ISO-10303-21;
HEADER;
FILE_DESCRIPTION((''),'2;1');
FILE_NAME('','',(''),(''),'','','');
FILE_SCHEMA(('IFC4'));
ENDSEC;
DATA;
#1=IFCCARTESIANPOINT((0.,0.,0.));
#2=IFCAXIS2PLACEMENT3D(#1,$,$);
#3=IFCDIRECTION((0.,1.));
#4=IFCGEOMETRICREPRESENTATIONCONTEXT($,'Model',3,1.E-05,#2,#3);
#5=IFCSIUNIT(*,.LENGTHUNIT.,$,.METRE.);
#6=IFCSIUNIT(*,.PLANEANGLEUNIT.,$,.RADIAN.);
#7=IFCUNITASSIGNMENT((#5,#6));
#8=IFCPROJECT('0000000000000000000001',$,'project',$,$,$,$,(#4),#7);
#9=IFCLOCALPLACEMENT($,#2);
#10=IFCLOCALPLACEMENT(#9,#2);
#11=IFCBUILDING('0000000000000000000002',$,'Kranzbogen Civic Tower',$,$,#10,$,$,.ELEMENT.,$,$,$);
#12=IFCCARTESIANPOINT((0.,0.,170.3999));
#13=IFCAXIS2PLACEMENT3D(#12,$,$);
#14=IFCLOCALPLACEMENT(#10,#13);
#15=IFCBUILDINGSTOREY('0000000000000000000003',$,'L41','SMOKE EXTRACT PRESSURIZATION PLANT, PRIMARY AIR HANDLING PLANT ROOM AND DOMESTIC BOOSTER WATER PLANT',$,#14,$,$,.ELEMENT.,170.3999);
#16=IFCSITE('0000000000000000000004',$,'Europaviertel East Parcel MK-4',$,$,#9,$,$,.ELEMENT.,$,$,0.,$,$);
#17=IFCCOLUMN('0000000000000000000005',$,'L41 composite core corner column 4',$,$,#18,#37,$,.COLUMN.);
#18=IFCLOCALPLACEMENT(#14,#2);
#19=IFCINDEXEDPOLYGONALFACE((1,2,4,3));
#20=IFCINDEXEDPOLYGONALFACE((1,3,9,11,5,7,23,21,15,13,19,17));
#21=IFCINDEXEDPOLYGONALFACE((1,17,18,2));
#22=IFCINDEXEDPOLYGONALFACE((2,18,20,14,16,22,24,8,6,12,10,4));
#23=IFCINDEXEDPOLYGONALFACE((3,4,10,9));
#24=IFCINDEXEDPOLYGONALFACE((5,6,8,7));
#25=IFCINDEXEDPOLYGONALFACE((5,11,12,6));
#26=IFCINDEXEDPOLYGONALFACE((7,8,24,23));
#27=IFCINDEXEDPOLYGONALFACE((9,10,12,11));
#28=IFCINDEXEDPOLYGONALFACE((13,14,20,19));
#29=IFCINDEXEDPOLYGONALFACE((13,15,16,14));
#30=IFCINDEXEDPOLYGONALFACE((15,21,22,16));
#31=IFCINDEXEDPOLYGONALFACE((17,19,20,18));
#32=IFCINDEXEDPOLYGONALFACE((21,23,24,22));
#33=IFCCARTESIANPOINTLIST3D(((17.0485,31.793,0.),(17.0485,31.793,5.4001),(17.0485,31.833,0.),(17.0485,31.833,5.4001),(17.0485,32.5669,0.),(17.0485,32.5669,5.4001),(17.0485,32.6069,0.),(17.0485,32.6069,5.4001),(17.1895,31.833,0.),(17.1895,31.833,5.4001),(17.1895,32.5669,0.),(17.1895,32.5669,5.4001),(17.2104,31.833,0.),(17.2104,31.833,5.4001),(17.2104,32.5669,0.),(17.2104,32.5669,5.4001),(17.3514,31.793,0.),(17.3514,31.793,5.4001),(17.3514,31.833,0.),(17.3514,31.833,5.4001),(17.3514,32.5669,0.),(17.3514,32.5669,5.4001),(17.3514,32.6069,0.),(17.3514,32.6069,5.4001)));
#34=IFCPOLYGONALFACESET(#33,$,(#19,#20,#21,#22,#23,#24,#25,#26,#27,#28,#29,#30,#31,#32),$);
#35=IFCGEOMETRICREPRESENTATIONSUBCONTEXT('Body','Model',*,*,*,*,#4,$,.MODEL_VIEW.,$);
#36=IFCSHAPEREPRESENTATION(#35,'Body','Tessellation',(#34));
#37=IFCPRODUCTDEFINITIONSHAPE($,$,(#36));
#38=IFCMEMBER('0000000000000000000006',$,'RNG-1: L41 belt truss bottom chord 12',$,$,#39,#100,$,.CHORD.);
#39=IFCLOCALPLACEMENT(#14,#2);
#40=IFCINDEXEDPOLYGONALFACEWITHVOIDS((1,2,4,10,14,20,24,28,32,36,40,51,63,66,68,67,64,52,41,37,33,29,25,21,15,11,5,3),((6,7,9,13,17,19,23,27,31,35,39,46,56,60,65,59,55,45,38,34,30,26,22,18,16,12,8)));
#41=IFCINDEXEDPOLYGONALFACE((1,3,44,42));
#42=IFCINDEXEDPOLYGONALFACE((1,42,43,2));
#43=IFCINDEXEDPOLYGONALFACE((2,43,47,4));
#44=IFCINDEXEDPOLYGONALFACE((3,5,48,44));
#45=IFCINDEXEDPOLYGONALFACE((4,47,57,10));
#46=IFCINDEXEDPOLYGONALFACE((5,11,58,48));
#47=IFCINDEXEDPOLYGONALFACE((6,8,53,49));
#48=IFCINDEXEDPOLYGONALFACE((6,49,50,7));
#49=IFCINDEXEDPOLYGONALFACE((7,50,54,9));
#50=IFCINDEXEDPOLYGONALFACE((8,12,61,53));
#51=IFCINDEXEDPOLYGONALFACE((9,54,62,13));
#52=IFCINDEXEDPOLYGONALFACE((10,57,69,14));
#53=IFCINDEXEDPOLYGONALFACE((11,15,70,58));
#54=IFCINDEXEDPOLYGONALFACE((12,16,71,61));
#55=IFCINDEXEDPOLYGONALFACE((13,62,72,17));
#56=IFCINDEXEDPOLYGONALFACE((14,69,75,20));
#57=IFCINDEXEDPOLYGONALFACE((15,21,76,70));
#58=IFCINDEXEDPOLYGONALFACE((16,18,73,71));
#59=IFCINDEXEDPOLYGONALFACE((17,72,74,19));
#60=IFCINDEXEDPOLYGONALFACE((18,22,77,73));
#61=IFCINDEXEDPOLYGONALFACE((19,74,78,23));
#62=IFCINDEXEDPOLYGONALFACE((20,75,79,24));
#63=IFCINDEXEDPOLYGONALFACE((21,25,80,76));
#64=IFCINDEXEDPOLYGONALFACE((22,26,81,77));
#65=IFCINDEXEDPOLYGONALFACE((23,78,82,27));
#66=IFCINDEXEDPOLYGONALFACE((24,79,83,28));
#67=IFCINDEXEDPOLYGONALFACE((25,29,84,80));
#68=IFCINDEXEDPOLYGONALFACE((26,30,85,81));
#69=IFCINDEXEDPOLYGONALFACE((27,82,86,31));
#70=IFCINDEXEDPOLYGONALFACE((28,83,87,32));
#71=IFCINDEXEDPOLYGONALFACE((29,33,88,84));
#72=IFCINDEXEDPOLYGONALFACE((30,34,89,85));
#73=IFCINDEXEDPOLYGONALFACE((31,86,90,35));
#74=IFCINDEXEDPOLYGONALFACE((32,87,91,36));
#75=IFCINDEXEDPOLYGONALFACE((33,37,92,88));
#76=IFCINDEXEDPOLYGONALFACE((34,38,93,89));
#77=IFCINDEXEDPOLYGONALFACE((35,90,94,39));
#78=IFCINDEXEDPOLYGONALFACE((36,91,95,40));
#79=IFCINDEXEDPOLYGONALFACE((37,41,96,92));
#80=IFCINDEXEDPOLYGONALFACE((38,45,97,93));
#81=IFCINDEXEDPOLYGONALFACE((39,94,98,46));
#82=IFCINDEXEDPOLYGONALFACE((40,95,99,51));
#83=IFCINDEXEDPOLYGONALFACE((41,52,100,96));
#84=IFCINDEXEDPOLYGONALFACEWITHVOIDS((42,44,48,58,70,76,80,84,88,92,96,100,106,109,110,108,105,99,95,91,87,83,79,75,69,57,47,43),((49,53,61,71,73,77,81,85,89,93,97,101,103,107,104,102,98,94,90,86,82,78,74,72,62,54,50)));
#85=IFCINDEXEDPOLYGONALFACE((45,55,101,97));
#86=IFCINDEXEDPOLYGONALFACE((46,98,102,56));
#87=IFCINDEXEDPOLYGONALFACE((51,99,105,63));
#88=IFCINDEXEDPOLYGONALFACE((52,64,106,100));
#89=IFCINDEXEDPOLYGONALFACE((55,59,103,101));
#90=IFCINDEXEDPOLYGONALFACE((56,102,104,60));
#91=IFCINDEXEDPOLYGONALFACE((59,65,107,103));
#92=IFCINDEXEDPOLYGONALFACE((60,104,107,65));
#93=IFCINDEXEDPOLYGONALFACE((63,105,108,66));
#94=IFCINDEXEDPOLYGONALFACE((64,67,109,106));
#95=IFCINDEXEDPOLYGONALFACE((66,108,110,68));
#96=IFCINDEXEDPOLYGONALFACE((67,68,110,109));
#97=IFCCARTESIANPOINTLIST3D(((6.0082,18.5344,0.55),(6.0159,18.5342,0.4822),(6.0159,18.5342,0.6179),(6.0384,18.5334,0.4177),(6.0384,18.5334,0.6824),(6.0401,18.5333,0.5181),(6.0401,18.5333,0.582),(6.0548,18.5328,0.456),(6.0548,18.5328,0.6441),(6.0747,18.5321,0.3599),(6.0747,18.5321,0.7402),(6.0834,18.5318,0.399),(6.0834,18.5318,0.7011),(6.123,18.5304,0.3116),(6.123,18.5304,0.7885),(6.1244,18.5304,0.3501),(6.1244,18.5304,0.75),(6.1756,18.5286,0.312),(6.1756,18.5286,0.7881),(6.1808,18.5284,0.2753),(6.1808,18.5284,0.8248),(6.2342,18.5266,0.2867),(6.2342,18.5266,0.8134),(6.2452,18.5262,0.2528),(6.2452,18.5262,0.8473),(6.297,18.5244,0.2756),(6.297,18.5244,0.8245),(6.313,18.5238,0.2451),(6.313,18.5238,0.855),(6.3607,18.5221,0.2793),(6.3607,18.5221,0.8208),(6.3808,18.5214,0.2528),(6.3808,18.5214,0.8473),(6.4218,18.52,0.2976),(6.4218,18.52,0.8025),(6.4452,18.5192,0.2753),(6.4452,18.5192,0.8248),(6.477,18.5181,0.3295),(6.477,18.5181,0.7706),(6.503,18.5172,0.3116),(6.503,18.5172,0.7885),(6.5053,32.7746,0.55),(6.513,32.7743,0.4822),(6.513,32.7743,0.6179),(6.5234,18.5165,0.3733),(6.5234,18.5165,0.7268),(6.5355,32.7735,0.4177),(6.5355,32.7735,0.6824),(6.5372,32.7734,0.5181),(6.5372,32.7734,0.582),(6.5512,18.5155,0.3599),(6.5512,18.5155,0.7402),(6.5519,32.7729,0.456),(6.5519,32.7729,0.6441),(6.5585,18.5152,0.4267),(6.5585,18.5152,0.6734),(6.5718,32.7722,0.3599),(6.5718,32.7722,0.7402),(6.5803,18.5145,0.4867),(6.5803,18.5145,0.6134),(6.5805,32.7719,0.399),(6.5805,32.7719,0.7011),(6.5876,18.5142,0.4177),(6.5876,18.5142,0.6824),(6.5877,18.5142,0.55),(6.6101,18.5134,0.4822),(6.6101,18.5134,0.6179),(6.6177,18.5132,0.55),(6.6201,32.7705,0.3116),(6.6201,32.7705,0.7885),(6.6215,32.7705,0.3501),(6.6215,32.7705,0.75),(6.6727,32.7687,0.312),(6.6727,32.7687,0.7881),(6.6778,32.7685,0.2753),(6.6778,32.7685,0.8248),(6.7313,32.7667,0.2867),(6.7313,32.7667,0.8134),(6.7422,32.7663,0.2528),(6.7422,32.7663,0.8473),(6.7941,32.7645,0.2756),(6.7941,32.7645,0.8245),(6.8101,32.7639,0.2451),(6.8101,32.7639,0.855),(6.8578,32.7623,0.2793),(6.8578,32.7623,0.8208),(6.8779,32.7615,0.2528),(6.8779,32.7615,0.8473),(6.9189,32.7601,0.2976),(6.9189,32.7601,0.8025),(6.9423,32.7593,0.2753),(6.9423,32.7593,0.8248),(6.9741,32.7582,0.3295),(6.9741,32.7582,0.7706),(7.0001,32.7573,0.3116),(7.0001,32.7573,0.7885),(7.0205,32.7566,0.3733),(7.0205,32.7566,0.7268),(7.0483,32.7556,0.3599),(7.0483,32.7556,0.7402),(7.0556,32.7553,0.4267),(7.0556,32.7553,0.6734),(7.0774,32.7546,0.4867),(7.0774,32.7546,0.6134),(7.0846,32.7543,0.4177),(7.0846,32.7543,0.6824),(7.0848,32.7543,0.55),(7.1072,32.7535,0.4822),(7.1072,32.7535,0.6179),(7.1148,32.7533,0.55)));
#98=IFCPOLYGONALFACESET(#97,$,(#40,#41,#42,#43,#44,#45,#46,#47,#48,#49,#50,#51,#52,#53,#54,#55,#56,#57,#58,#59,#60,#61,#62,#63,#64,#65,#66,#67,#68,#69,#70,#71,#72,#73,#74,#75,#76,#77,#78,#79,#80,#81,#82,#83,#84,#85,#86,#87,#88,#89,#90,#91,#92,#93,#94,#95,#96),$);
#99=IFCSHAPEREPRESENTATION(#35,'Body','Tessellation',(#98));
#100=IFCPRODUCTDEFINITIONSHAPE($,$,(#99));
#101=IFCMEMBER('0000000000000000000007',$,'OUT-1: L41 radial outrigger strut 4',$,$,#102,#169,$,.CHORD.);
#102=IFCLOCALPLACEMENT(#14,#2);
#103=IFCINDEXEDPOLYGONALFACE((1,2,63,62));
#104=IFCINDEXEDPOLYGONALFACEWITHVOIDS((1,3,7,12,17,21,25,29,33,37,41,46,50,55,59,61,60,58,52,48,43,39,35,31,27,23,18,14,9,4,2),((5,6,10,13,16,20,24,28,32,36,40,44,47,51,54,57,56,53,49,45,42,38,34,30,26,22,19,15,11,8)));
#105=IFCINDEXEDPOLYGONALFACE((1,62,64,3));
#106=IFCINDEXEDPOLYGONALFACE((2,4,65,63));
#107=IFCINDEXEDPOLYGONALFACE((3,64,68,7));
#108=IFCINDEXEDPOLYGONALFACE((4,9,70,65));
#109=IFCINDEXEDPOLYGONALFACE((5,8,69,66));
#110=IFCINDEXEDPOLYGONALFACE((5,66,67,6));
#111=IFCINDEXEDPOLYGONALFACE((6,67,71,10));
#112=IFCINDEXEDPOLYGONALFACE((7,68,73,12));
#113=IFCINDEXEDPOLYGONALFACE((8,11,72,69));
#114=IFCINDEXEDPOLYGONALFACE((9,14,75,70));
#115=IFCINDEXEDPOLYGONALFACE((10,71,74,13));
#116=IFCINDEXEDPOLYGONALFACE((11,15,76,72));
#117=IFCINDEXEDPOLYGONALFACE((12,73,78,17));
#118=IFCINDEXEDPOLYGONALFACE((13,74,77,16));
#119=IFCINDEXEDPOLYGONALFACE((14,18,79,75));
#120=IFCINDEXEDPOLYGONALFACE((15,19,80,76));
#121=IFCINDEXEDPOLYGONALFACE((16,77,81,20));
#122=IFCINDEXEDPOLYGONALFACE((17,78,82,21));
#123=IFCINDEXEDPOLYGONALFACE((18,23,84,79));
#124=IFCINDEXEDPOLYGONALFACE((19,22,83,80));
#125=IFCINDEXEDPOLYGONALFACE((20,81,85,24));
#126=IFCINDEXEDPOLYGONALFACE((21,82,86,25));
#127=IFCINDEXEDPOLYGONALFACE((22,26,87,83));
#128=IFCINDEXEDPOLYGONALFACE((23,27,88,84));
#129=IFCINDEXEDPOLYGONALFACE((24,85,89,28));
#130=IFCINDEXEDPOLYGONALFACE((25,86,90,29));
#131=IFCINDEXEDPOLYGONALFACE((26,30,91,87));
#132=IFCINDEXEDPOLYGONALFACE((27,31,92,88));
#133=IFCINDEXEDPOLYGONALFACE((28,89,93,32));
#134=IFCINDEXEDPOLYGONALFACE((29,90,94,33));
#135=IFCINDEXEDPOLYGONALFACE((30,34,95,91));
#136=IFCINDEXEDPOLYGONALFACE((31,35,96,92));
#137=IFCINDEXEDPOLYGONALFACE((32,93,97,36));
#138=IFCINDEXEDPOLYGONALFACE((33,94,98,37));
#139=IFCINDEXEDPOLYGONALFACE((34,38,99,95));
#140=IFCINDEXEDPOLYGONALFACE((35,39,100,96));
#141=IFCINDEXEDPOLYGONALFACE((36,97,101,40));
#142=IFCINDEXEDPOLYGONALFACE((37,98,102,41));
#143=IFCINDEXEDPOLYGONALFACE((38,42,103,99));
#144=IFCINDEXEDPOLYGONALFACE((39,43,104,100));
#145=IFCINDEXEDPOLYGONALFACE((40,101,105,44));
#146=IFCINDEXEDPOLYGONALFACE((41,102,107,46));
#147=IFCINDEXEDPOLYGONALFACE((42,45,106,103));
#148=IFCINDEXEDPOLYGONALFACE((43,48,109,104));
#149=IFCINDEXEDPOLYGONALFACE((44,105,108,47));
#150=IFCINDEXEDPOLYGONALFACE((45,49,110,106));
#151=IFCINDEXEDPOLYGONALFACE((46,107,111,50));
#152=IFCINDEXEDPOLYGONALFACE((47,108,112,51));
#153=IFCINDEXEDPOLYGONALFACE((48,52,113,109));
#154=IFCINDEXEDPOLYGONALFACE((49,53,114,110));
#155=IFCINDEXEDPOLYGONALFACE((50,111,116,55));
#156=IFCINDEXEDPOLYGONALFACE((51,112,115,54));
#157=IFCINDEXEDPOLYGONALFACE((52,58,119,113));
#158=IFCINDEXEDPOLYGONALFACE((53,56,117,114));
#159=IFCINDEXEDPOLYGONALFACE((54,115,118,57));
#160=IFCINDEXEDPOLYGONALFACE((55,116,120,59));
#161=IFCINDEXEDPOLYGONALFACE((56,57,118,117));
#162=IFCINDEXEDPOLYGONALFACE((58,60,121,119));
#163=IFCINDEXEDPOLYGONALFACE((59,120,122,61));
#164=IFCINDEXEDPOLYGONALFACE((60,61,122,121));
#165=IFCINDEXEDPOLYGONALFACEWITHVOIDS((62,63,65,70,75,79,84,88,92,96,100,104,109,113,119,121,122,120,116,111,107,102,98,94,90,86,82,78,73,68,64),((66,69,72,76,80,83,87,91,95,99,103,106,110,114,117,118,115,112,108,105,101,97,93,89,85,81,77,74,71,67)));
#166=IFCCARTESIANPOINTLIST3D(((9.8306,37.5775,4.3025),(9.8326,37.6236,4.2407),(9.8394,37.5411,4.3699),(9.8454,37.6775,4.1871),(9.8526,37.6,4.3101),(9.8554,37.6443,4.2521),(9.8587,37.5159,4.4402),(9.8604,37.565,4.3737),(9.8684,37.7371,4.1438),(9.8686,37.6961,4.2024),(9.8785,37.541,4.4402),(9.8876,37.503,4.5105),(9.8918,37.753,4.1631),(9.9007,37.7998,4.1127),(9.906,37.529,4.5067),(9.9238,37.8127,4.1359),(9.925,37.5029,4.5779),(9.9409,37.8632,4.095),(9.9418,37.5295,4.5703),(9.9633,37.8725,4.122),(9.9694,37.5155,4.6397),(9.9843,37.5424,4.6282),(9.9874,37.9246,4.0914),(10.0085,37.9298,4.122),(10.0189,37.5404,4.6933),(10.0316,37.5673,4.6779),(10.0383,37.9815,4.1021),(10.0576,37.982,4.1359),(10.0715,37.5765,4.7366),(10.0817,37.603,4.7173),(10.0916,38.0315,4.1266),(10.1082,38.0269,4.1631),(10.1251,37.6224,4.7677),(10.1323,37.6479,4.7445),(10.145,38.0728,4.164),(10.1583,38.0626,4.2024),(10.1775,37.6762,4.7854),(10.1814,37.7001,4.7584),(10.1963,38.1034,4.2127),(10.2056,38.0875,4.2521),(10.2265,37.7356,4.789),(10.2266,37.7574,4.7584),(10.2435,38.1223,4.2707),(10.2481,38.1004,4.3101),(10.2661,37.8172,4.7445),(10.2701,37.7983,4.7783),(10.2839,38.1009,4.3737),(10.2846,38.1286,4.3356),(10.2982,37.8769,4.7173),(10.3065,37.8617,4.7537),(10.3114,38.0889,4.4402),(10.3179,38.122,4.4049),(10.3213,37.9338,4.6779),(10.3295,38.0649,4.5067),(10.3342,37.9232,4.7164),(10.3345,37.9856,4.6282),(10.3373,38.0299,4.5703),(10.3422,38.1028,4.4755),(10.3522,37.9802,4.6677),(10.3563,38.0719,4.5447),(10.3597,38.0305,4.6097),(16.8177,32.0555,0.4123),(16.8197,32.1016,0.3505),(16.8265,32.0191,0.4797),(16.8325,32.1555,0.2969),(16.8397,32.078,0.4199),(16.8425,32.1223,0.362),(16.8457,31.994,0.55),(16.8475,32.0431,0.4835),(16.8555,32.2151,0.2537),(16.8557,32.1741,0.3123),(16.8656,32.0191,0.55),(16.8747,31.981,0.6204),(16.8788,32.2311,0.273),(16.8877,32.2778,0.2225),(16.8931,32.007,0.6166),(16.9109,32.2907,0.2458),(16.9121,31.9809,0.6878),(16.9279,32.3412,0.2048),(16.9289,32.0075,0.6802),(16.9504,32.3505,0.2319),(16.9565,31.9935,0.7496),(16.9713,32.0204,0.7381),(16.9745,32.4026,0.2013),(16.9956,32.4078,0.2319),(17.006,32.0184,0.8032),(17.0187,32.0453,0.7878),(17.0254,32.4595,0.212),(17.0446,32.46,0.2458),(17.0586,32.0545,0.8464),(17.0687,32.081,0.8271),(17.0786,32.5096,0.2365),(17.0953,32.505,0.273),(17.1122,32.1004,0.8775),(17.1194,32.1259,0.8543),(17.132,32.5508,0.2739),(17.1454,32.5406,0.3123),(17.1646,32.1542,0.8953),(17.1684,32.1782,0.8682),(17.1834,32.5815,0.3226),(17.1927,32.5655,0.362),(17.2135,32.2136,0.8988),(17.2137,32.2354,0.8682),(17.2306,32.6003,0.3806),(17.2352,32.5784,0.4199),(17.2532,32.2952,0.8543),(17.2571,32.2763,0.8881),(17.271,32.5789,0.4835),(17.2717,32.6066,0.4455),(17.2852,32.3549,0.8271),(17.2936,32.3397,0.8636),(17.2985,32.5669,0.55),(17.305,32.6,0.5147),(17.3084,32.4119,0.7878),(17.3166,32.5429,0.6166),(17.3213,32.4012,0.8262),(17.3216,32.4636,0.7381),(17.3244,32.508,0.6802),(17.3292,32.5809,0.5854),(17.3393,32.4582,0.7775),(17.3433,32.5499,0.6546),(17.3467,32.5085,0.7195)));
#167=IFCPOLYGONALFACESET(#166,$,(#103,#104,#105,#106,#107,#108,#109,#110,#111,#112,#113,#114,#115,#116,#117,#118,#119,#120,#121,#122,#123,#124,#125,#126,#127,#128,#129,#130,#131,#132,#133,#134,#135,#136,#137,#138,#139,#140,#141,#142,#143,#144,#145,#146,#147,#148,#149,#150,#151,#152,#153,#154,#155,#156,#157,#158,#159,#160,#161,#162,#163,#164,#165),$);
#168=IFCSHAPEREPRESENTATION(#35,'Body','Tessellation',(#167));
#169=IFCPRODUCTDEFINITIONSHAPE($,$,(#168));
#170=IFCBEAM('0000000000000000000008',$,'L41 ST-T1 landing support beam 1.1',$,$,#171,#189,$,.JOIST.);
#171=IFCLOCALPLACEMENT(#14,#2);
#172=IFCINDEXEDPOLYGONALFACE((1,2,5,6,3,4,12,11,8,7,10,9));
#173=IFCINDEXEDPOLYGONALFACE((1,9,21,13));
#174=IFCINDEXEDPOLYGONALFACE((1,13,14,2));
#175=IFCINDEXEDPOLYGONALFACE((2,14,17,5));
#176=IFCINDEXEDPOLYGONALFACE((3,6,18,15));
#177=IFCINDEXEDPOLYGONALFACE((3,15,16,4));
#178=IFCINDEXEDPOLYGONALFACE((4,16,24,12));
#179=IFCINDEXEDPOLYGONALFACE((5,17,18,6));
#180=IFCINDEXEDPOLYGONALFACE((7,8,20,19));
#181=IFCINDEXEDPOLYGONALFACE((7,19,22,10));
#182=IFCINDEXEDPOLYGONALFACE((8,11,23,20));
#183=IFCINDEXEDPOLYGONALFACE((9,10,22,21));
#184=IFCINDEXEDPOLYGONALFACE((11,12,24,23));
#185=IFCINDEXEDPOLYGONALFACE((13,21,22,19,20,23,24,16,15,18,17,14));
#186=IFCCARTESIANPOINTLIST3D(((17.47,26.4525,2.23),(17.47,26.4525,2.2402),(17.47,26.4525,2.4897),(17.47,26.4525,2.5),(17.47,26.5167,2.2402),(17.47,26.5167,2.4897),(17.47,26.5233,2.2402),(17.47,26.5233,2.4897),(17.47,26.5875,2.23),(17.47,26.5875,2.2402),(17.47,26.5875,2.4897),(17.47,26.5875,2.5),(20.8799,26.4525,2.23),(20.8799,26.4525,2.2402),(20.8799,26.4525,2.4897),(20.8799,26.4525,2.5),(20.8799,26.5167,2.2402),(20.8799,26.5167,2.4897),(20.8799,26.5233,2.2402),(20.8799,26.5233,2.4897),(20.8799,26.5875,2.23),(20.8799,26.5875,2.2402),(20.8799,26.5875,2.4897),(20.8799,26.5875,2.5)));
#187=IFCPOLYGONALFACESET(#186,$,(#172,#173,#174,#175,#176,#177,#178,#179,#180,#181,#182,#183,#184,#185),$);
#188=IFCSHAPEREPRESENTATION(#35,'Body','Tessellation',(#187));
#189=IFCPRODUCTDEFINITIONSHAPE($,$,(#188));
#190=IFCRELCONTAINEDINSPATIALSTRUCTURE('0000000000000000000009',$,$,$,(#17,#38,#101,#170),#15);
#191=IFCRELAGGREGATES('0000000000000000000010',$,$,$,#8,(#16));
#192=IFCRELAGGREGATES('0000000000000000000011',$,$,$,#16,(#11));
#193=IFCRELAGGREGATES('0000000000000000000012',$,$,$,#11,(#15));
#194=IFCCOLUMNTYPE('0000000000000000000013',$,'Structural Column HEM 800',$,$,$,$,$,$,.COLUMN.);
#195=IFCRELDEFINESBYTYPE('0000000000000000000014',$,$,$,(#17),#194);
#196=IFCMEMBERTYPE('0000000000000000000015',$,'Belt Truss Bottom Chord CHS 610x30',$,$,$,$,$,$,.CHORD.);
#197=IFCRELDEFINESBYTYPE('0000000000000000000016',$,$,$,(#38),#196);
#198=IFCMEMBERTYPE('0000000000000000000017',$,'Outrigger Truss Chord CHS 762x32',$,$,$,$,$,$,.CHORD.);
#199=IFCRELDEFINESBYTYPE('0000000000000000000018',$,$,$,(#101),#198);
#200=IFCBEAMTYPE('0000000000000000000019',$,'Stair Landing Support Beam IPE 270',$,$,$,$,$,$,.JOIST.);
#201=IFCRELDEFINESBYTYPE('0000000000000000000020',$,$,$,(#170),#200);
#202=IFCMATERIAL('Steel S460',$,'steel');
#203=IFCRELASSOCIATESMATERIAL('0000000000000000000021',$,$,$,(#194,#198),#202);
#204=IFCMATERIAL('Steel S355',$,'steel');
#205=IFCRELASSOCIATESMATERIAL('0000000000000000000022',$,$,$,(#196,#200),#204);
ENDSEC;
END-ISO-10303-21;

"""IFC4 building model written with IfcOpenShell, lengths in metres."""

from ifc_helpers import new_model, si_unit, direction, frame, origin, origin_2d, place, context, subcontext, project, spatial, hollow_circle, i_section, extrude, material, material_profile, profile_set, type_object, element, save


model = new_model("IFC4")

# Units and contexts
model_context = context("Model", 3, precision=1e-05, world=origin(), true_north=direction((0.0, 1.0)))
body_context = subcontext(model_context, "Body", "Model", "MODEL_VIEW")
ifc_project = project(units=[si_unit("LENGTHUNIT", "METRE"), si_unit("PLANEANGLEUNIT", "RADIAN")], contexts=[model_context])

# Site, building, storey
site_placement = place(None, origin())
site = spatial("IfcSite", under=ifc_project, at=site_placement, Name="Europaviertel East Parcel MK-4", CompositionType="ELEMENT", RefElevation=0.0)
building_placement = place(site_placement, origin())
building = spatial("IfcBuilding", under=site, at=building_placement, Name="Kranzbogen Civic Tower", CompositionType="ELEMENT")
storey_placement = place(building_placement, frame((0.0, 0.0, 170.3999)))
storey = spatial("IfcBuildingStorey", under=building, at=storey_placement, Name="L41", Description="SMOKE EXTRACT PRESSURIZATION PLANT, PRIMARY AIR HANDLING PLANT ROOM AND DOMESTIC BOOSTER WATER PLANT", CompositionType="ELEMENT", Elevation=170.3999)

# Column
ifc_material_1 = material(Name="Steel S460", Category="steel")
ifc_material_profile_1 = material_profile(ifc_material_1, i_section(OverallWidth=0.303, OverallDepth=0.814, WebThickness=0.021, FlangeThickness=0.04, at=origin_2d()), Name="HEM 800")
ifc_profile_set_1 = profile_set([ifc_material_profile_1], Name="Steel S460")
column_type = type_object("IfcColumnType", Name="Structural Column HEM 800", PredefinedType="COLUMN", material=ifc_profile_set_1)
column_placement = place(storey_placement, frame((17.2, 32.2, 0.0), z_axis=(0.0, 0.0, 1.0), x_axis=(1.0, 0.0, 0.0)))
element("IfcColumn", 1, at=column_placement, inside=storey, type_object=column_type, Name="L41 composite core corner column 4", PredefinedType="COLUMN", context=body_context, shape_type="SweptSolid", body=[
    extrude(i_section(OverallWidth=0.303, OverallDepth=0.814, WebThickness=0.021, FlangeThickness=0.04, at=origin_2d()), origin(), (0.0, 0.0, 1.0), 5.4001),
])

# Members
ifc_material_2 = material(Name="Steel S355", Category="steel")
ifc_material_profile_2 = material_profile(ifc_material_2, hollow_circle(Radius=0.3049, WallThickness=0.03, at=origin_2d()), Name="CHS 610x30")
ifc_profile_set_2 = profile_set([ifc_material_profile_2], Name="Steel S355")
member_type_1 = type_object("IfcMemberType", Name="Belt Truss Bottom Chord CHS 610x30", PredefinedType="CHORD", material=ifc_profile_set_2)
member_1_placement = place(storey_placement, frame((6.8101, 32.7639, 0.55), z_axis=(-0.034885, -0.999391, 0.0), x_axis=(0.999391, -0.034885, 0.0)))
element("IfcMember", 2, at=member_1_placement, inside=storey, type_object=member_type_1, Name="RNG-1: L41 belt truss bottom chord 12", PredefinedType="CHORD", context=body_context, shape_type="SweptSolid", body=[
    extrude(hollow_circle(Radius=0.3049, WallThickness=0.03, at=origin_2d()), origin(), (0.0, 0.0, 1.0), 14.2488),
])
ifc_material_profile_3 = material_profile(ifc_material_1, hollow_circle(Radius=0.3811, WallThickness=0.032, at=origin_2d()), Name="CHS 762x32")
ifc_profile_set_3 = profile_set([ifc_material_profile_3], Name="Steel S460")
member_type_2 = type_object("IfcMemberType", Name="Outrigger Truss Chord CHS 762x32", PredefinedType="CHORD", material=ifc_profile_set_3)
member_2_placement = place(storey_placement, frame((17.082, 32.293, 0.55), z_axis=(-0.718963, 0.568207, 0.400292), x_axis=(-0.62005, -0.784562, 0.0)))
element("IfcMember", 3, at=member_2_placement, inside=storey, type_object=member_type_2, Name="OUT-1: L41 radial outrigger strut 4", PredefinedType="CHORD", context=body_context, shape_type="SweptSolid", body=[
    extrude(hollow_circle(Radius=0.3811, WallThickness=0.032, at=origin_2d()), origin(), (0.0, 0.0, 1.0), 9.7183),
])

# Beam
ifc_material_profile_4 = material_profile(ifc_material_2, i_section(OverallWidth=0.135, OverallDepth=0.27, WebThickness=0.0066, FlangeThickness=0.0103, at=origin_2d()), Name="IPE 270")
ifc_profile_set_4 = profile_set([ifc_material_profile_4], Name="Steel S355")
beam_type_1 = type_object("IfcBeamType", Name="Stair Landing Support Beam IPE 270", PredefinedType="JOIST", material=ifc_profile_set_4)
for number, where, z_axis, x_axis, name in (
    (4, (20.8799, 26.52, 2.365), (-1.0, 0.0, 0.0), (0.0, -1.0, 0.0), "L41 ST-T1 landing support beam 1.1"),
):
    element("IfcBeam", number, at=place(storey_placement, frame(where, z_axis=z_axis, x_axis=x_axis)), inside=storey, type_object=beam_type_1, Name=name, PredefinedType="JOIST", context=body_context, shape_type="SweptSolid", body=[
        extrude(i_section(OverallWidth=0.135, OverallDepth=0.27, WebThickness=0.0066, FlangeThickness=0.0103, at=origin_2d()), origin(), (0.0, 0.0, 1.0), 3.4099),
    ])

save(model, "model.ifc")
